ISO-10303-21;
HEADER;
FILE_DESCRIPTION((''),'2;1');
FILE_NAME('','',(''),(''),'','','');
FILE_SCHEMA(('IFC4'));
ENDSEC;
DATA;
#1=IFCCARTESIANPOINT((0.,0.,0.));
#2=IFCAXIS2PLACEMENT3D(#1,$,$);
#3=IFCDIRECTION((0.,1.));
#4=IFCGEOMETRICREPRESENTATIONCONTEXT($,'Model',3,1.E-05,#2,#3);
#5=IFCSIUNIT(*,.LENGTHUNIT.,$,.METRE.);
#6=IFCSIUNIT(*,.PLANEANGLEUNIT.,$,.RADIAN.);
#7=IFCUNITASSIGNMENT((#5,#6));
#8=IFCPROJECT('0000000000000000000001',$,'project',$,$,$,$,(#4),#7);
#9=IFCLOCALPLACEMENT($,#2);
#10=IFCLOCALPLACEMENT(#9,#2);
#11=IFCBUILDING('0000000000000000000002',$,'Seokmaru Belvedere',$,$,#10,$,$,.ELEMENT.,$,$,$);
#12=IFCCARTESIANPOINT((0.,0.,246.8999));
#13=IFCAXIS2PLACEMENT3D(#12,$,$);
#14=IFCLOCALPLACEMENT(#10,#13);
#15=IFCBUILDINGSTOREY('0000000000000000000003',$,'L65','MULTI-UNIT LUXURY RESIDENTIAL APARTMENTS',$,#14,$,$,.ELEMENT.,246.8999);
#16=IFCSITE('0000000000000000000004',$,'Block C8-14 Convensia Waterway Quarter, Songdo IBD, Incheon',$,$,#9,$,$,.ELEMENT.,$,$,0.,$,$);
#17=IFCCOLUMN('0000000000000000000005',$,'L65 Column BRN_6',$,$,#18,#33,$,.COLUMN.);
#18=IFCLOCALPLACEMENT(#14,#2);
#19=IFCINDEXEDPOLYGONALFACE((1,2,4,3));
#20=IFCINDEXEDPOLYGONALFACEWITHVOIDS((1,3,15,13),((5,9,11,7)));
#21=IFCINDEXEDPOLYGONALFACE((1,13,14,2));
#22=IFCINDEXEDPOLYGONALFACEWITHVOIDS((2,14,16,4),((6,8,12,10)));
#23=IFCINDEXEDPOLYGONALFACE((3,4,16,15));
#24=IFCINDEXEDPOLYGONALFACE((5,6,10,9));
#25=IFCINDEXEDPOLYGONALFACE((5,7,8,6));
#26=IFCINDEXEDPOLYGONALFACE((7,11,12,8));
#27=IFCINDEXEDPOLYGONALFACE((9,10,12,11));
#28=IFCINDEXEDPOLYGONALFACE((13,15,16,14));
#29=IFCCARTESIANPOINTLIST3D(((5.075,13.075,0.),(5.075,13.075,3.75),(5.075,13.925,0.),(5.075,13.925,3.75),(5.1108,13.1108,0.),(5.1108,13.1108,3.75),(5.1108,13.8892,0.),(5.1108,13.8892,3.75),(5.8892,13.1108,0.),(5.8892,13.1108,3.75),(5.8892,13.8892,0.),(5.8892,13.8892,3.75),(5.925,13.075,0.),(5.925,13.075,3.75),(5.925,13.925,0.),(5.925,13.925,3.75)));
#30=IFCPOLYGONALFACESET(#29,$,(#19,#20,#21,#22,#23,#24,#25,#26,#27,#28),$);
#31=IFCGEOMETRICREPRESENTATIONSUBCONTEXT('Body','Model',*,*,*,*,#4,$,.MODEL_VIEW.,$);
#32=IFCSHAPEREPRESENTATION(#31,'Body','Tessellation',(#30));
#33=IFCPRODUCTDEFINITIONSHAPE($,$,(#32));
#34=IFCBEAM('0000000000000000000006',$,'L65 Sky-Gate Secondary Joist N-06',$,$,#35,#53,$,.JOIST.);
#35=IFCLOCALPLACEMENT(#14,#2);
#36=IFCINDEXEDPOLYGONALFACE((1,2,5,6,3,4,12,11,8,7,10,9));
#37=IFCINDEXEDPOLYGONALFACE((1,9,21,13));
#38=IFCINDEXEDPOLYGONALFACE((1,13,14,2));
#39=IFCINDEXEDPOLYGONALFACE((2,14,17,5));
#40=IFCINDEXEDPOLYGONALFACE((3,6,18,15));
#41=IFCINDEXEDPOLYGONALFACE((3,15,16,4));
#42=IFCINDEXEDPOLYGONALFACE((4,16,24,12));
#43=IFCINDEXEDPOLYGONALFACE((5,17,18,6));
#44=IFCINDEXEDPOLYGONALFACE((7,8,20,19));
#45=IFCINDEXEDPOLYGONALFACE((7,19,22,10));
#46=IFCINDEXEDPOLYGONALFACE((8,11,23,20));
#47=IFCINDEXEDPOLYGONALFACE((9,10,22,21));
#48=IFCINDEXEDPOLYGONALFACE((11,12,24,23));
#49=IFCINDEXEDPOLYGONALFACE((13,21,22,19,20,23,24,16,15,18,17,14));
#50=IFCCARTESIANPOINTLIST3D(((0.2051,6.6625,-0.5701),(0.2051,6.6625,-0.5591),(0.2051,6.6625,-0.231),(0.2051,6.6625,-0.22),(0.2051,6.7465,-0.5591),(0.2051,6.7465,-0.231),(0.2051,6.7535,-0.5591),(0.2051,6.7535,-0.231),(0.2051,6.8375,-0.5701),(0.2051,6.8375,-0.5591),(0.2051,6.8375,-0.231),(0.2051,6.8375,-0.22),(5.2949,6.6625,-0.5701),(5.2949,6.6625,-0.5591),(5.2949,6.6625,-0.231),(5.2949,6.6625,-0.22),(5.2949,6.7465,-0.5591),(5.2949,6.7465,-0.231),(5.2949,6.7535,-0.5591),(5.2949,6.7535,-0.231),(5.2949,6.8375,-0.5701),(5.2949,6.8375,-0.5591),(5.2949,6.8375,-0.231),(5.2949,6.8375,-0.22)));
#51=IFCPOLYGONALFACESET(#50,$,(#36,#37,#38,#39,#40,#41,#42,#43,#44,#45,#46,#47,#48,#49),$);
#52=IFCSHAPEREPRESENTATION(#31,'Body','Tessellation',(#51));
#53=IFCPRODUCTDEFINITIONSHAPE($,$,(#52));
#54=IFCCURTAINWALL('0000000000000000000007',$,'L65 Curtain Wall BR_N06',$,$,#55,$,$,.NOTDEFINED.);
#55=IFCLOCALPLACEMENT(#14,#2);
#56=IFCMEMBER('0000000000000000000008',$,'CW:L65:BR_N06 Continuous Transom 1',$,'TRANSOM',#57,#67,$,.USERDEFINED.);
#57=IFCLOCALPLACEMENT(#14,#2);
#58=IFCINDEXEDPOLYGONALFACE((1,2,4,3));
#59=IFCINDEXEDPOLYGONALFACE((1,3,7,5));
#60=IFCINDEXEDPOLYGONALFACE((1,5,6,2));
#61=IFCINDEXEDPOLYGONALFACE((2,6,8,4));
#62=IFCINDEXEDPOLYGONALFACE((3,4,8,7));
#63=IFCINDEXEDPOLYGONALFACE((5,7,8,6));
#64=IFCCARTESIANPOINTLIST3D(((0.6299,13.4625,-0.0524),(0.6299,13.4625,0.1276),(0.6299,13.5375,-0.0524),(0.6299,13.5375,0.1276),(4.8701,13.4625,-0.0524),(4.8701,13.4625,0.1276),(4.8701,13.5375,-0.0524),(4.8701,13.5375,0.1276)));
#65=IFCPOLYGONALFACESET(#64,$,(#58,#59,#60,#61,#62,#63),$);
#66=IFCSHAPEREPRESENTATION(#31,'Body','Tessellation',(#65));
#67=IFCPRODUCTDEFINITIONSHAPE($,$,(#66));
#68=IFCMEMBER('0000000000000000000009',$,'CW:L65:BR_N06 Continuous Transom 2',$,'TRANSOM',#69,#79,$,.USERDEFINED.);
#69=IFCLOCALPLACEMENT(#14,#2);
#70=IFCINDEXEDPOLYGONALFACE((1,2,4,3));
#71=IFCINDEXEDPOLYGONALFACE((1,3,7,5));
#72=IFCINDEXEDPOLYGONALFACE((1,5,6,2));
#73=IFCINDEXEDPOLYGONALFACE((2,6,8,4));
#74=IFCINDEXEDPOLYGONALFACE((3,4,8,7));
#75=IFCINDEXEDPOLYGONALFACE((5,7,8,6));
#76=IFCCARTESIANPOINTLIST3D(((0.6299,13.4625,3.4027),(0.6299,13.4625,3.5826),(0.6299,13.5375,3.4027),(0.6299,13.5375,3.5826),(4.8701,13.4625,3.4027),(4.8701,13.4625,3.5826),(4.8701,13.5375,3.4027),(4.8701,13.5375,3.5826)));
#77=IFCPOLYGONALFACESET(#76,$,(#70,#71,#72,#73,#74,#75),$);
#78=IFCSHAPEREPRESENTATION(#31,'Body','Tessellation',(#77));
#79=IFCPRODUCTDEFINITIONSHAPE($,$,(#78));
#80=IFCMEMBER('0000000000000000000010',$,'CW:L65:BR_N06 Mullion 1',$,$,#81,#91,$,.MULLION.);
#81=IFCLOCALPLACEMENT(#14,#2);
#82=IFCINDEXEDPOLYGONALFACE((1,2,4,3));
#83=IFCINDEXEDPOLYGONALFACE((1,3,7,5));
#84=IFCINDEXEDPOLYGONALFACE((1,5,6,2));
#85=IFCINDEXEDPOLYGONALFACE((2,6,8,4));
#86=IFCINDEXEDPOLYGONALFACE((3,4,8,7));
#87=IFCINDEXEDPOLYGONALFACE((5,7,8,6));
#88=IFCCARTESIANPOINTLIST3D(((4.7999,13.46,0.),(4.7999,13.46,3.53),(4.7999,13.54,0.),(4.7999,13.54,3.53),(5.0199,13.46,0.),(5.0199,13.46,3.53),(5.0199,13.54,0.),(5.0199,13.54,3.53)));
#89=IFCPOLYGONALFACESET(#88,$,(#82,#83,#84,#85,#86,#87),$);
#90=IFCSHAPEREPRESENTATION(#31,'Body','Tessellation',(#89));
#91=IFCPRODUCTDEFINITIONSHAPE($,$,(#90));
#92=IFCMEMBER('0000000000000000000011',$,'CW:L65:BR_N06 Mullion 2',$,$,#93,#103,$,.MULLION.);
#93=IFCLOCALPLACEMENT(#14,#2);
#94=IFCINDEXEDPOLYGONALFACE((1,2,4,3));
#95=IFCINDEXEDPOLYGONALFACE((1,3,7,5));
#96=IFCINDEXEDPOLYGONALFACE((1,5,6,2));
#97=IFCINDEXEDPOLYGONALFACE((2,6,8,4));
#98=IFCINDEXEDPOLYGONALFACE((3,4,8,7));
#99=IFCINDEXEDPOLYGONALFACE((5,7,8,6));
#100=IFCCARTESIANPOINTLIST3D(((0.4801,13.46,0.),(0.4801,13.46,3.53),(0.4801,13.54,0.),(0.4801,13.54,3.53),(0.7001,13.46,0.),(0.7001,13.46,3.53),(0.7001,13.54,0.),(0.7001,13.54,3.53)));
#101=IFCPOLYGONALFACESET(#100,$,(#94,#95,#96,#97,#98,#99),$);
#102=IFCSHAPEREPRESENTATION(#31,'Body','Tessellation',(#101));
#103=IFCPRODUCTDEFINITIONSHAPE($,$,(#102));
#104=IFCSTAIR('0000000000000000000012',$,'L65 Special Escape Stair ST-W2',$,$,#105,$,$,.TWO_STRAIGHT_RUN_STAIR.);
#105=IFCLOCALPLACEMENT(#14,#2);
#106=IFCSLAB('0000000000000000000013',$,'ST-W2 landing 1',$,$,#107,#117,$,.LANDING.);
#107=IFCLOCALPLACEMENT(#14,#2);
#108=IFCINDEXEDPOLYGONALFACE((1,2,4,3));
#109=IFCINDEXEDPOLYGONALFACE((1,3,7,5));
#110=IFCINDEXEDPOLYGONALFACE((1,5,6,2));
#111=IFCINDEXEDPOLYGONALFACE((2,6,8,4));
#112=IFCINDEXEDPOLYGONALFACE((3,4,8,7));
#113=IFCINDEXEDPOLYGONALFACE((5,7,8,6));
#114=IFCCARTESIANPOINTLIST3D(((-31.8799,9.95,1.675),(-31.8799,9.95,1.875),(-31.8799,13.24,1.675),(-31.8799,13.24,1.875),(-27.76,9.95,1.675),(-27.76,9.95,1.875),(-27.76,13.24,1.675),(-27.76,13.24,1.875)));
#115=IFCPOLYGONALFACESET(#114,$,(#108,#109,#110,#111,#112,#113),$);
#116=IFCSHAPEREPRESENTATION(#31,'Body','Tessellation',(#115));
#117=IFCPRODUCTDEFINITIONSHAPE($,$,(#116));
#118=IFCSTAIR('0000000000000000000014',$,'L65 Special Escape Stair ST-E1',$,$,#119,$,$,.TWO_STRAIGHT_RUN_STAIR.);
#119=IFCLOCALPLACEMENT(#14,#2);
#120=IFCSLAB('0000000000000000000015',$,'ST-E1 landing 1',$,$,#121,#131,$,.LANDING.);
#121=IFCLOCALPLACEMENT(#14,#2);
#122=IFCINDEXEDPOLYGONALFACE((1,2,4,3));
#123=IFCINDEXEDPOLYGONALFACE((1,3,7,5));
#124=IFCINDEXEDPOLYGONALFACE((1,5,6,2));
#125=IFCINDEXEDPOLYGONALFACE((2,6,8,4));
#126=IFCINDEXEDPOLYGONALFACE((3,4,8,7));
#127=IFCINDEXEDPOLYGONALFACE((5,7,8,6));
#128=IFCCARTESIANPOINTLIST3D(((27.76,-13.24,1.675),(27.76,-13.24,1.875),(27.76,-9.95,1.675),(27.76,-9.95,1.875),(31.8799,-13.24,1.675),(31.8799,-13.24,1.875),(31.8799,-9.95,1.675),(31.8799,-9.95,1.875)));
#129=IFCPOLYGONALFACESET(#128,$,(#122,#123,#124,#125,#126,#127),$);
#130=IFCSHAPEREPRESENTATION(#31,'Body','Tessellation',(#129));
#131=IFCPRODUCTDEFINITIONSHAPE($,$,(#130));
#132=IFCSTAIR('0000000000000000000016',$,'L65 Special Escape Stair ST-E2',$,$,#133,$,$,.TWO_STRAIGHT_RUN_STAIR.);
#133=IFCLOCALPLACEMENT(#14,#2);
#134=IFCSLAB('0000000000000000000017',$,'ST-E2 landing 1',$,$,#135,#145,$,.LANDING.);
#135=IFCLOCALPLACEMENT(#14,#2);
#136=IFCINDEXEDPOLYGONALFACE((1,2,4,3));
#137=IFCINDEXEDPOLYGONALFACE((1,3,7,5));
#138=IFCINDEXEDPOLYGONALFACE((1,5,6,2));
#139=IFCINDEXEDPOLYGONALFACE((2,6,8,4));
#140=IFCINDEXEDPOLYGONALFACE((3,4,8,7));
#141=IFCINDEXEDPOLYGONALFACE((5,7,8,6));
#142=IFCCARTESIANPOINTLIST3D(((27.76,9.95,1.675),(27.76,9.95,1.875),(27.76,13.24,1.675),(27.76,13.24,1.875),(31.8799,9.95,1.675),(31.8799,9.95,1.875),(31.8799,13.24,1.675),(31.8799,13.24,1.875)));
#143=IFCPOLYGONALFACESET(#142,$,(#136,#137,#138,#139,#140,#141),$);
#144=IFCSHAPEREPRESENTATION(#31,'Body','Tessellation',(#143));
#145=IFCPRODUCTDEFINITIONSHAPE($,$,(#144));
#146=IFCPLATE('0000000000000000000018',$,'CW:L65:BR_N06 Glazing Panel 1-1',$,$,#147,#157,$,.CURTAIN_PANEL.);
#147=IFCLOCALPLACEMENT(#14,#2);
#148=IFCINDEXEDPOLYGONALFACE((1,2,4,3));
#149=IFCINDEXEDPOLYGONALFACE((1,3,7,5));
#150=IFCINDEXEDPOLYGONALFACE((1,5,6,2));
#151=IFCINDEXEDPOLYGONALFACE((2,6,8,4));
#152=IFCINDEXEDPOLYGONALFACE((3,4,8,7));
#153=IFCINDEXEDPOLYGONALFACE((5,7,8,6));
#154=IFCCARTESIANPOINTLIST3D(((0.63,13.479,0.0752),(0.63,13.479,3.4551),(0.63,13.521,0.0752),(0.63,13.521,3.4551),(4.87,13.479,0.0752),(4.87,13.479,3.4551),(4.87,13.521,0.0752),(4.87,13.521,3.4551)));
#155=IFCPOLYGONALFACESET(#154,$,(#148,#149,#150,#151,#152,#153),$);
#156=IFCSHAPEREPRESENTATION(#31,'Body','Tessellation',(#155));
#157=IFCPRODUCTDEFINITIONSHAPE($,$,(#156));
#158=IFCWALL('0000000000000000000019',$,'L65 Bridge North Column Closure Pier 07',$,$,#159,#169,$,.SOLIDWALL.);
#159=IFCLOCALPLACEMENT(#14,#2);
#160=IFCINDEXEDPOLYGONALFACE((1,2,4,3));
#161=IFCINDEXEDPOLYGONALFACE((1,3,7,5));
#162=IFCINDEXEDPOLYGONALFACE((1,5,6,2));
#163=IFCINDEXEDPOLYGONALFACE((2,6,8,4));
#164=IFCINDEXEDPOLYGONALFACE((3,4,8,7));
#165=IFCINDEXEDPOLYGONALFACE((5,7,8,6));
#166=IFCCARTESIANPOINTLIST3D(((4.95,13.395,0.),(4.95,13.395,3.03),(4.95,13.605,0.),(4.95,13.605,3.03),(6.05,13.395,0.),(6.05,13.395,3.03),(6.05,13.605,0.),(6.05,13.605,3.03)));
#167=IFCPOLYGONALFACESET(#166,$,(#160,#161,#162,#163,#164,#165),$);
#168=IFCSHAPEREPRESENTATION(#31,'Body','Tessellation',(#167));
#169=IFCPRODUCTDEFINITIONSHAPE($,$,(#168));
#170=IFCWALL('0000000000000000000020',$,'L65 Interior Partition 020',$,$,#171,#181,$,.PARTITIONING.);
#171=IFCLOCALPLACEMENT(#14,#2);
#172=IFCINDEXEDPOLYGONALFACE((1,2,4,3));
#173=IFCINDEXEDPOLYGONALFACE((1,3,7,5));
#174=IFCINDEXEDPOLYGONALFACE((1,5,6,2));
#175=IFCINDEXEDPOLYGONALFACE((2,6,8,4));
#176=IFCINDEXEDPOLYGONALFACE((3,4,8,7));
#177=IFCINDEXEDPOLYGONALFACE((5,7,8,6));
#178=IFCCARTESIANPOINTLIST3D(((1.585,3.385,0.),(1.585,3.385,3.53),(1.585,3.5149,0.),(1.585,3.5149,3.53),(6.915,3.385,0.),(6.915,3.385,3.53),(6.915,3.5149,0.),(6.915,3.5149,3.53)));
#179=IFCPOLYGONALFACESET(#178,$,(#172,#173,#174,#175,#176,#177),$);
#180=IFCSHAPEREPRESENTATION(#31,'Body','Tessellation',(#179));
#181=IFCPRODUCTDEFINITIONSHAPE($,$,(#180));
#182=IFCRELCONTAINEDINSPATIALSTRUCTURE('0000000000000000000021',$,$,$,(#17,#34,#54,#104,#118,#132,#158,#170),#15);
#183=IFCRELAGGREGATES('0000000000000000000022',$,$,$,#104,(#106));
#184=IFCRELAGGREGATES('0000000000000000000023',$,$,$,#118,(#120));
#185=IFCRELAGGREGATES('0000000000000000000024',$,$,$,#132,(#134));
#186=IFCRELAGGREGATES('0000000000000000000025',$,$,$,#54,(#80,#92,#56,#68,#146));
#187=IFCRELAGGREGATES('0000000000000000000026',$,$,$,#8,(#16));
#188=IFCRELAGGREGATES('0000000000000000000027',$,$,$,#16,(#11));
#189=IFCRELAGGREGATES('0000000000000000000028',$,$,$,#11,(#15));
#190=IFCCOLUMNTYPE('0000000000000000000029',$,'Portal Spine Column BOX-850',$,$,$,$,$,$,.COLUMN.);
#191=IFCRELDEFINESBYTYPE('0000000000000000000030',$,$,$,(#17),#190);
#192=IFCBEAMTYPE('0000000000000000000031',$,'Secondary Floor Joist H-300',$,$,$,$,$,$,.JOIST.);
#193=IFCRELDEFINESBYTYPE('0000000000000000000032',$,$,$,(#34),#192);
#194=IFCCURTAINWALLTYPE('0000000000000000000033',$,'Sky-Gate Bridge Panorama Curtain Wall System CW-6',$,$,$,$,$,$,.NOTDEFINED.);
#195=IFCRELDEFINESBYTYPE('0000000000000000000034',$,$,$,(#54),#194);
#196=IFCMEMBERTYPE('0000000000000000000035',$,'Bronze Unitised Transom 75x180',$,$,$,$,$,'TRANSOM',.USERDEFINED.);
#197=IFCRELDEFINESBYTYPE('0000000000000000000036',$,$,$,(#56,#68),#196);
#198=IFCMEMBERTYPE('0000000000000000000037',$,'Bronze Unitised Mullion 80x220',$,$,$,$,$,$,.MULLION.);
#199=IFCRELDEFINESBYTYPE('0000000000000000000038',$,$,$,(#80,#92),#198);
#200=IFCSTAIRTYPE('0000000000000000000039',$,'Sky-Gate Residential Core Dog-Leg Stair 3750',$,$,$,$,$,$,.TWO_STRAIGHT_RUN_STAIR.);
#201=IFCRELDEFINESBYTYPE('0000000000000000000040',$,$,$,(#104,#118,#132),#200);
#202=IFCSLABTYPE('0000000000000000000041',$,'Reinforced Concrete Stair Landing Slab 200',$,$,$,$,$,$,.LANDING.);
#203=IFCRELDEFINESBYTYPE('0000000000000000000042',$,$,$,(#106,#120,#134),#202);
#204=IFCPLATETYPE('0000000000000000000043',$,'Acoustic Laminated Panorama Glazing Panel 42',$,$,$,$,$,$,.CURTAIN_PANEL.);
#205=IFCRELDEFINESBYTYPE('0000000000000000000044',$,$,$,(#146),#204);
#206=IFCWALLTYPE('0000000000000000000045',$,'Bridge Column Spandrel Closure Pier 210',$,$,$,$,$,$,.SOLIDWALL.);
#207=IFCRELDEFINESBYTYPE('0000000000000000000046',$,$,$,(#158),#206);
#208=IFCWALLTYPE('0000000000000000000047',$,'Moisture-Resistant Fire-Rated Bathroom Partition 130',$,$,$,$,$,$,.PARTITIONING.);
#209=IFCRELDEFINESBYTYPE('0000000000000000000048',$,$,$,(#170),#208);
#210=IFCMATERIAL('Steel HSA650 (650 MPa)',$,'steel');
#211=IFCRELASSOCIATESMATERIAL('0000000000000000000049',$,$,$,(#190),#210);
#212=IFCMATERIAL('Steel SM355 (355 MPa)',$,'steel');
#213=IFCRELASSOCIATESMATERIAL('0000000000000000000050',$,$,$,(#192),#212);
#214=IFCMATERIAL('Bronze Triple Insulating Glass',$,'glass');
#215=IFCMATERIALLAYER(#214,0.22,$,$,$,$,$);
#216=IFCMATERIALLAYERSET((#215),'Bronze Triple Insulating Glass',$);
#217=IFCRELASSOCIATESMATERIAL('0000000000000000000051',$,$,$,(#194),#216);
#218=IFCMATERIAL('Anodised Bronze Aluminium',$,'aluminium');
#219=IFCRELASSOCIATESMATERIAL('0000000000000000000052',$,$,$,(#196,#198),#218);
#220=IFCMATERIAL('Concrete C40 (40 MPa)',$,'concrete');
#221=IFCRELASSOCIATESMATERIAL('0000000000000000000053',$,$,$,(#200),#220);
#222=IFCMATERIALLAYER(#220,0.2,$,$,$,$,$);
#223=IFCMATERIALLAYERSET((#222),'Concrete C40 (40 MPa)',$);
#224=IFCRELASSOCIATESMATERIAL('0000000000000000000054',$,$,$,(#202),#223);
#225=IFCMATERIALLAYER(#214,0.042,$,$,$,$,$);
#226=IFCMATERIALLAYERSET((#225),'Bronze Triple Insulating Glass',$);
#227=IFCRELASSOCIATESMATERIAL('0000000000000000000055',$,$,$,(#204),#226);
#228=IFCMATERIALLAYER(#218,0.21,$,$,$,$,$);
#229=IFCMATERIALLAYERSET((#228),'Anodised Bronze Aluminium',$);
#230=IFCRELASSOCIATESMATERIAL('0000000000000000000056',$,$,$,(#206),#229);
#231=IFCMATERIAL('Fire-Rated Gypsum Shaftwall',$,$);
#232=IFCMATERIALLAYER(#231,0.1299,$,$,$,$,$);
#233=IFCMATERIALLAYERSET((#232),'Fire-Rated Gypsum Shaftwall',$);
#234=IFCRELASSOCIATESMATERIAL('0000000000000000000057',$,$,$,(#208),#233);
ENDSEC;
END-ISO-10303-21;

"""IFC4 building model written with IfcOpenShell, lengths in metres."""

from ifc_helpers import new_model, si_unit, direction, frame, frame_2d, origin, origin_2d, place, context, subcontext, project, spatial, polyline, rectangle, hollow_rectangle, i_section, outline, extrude, source, transform, mapped, material, layer, layer_set, material_profile, profile_set, type_object, type_shapes, element, aggregate, save


model = new_model("IFC4")

# Units and contexts
model_context = context("Model", 3, precision=1e-05, world=origin(), true_north=direction((0.0, 1.0)))
body_context = subcontext(model_context, "Body", "Model", "MODEL_VIEW")
ifc_project = project(units=[si_unit("LENGTHUNIT", "METRE"), si_unit("PLANEANGLEUNIT", "RADIAN")], contexts=[model_context])

# Site, building, storey
site_placement = place(None, origin())
site = spatial("IfcSite", under=ifc_project, at=site_placement, Name="Block C8-14 Convensia Waterway Quarter, Songdo IBD, Incheon", CompositionType="ELEMENT", RefElevation=0.0)
building_placement = place(site_placement, origin())
building = spatial("IfcBuilding", under=site, at=building_placement, Name="Seokmaru Belvedere", CompositionType="ELEMENT")
storey_placement = place(building_placement, frame((0.0, 0.0, 246.8999)))
storey = spatial("IfcBuildingStorey", under=building, at=storey_placement, Name="L65", Description="MULTI-UNIT LUXURY RESIDENTIAL APARTMENTS", CompositionType="ELEMENT", Elevation=246.8999)

# Column
ifc_material_1 = material(Name="Steel HSA650 (650 MPa)", Category="steel")
ifc_material_profile_1 = material_profile(ifc_material_1, hollow_rectangle(XDim=0.8501, YDim=0.8501, WallThickness=0.0359, at=origin_2d()), Name="BOX-850x850x36")
ifc_profile_set_1 = profile_set([ifc_material_profile_1], Name="Steel HSA650 (650 MPa)")
column_type = type_object("IfcColumnType", Name="Portal Spine Column BOX-850", PredefinedType="COLUMN", material=ifc_profile_set_1)
shared_shape_1 = source(origin(), body_context, "Body", "SweptSolid", [
    extrude(hollow_rectangle(XDim=0.8501, YDim=0.8501, WallThickness=0.0359, at=origin_2d()), origin(), (0.0, 0.0, 1.0), 3.75),
])
type_shapes(column_type, [shared_shape_1])
column_placement = place(storey_placement, frame((5.5, 13.5, 0.0), z_axis=(0.0, 0.0, 1.0), x_axis=(1.0, 0.0, 0.0)))
element("IfcColumn", 1, at=column_placement, inside=storey, type_object=column_type, Name="L65 Column BRN_6", PredefinedType="COLUMN", context=body_context, shape_type="MappedRepresentation", body=[
    mapped(shared_shape_1, transform((0.0, 0.0, 0.0), scale=1.0)),
])

# Beam
ifc_material_2 = material(Name="Steel SM355 (355 MPa)", Category="steel")
ifc_material_profile_2 = material_profile(ifc_material_2, i_section(OverallWidth=0.175, OverallDepth=0.3501, WebThickness=0.0071, FlangeThickness=0.011, at=origin_2d()), Name="H-350x175x7x11")
ifc_profile_set_2 = profile_set([ifc_material_profile_2], Name="Steel SM355 (355 MPa)")
beam_type = type_object("IfcBeamType", Name="Secondary Floor Joist H-300", PredefinedType="JOIST", material=ifc_profile_set_2)
shared_shape_2 = source(origin(), body_context, "Body", "SweptSolid", [
    extrude(i_section(OverallWidth=0.175, OverallDepth=0.3501, WebThickness=0.0071, FlangeThickness=0.011, at=origin_2d()), origin(), (0.0, 0.0, 1.0), 5.0898),
])
type_shapes(beam_type, [shared_shape_2])
beam_placement = place(storey_placement, frame((0.2051, 6.75, -0.395), z_axis=(1.0, 0.0, 0.0), x_axis=(0.0, 1.0, 0.0)))
element("IfcBeam", 2, at=beam_placement, inside=storey, type_object=beam_type, Name="L65 Sky-Gate Secondary Joist N-06", PredefinedType="JOIST", context=body_context, shape_type="MappedRepresentation", body=[
    mapped(shared_shape_2, transform((0.0, 0.0, 0.0), scale=1.0)),
])

# Curtain wall, members
ifc_material_3 = material(Name="Bronze Triple Insulating Glass", Category="glass")
ifc_layer_1 = layer(ifc_material_3, 0.22)
ifc_layer_set_1 = layer_set([ifc_layer_1], Name="Bronze Triple Insulating Glass")
curtain_wall_type = type_object("IfcCurtainWallType", Name="Sky-Gate Bridge Panorama Curtain Wall System CW-6", PredefinedType="NOTDEFINED", material=ifc_layer_set_1)
curtain_wall_placement = place(storey_placement, origin())
curtain_wall = element("IfcCurtainWall", 3, at=curtain_wall_placement, inside=storey, type_object=curtain_wall_type, Name="L65 Curtain Wall BR_N06", PredefinedType="NOTDEFINED")
ifc_material_4 = material(Name="Anodised Bronze Aluminium", Category="aluminium")
ifc_material_profile_3 = material_profile(ifc_material_4, rectangle(XDim=0.075, YDim=0.1799, at=origin_2d()), Name="CW-T-75x180")
ifc_profile_set_3 = profile_set([ifc_material_profile_3], Name="Anodised Bronze Aluminium")
member_type_1 = type_object("IfcMemberType", Name="Bronze Unitised Transom 75x180", ElementType="TRANSOM", PredefinedType="USERDEFINED", material=ifc_profile_set_3)
shared_shape_3 = source(origin(), body_context, "Body", "SweptSolid", [
    extrude(rectangle(XDim=0.075, YDim=0.1799, at=origin_2d()), origin(), (0.0, 0.0, 1.0), 4.2402),
])
type_shapes(member_type_1, [shared_shape_3])
member_1_placement = place(storey_placement, frame((4.8701, 13.5, 0.0376), z_axis=(-1.0, 0.0, 0.0), x_axis=(0.0, -1.0, 0.0)))
member_1 = element("IfcMember", 4, at=member_1_placement, type_object=member_type_1, Name="CW:L65:BR_N06 Continuous Transom 1", ObjectType="TRANSOM", PredefinedType="USERDEFINED", context=body_context, shape_type="MappedRepresentation", body=[
    mapped(shared_shape_3, transform((0.0, 0.0, 0.0), scale=1.0)),
])
member_2_placement = place(storey_placement, frame((4.8701, 13.5, 3.4927), z_axis=(-1.0, 0.0, 0.0), x_axis=(0.0, -1.0, 0.0)))
member_2 = element("IfcMember", 5, at=member_2_placement, type_object=member_type_1, Name="CW:L65:BR_N06 Continuous Transom 2", ObjectType="TRANSOM", PredefinedType="USERDEFINED", context=body_context, shape_type="MappedRepresentation", body=[
    mapped(shared_shape_3, transform((0.0, 0.0, 0.0), scale=1.0)),
])
ifc_material_profile_4 = material_profile(ifc_material_4, rectangle(XDim=0.0801, YDim=0.22, at=origin_2d()), Name="CW-M-80x220")
ifc_profile_set_4 = profile_set([ifc_material_profile_4], Name="Anodised Bronze Aluminium")
member_type_2 = type_object("IfcMemberType", Name="Bronze Unitised Mullion 80x220", PredefinedType="MULLION", material=ifc_profile_set_4)
shared_shape_4 = source(origin(), body_context, "Body", "SweptSolid", [
    extrude(rectangle(XDim=0.0801, YDim=0.22, at=origin_2d()), origin(), (0.0, 0.0, 1.0), 3.53),
])
type_shapes(member_type_2, [shared_shape_4])
member_3_placement = place(storey_placement, frame((4.9099, 13.5, 0.0), z_axis=(0.0, 0.0, 1.0), x_axis=(0.0, -1.0, 0.0)))
member_3 = element("IfcMember", 6, at=member_3_placement, type_object=member_type_2, Name="CW:L65:BR_N06 Mullion 1", PredefinedType="MULLION", context=body_context, shape_type="MappedRepresentation", body=[
    mapped(shared_shape_4, transform((0.0, 0.0, 0.0), scale=1.0)),
])
member_4_placement = place(storey_placement, frame((0.5901, 13.5, 0.0), z_axis=(0.0, 0.0, 1.0), x_axis=(0.0, -1.0, 0.0)))
member_4 = element("IfcMember", 7, at=member_4_placement, type_object=member_type_2, Name="CW:L65:BR_N06 Mullion 2", PredefinedType="MULLION", context=body_context, shape_type="MappedRepresentation", body=[
    mapped(shared_shape_4, transform((0.0, 0.0, 0.0), scale=1.0)),
])

# Stairs, slabs
ifc_material_5 = material(Name="Concrete C40 (40 MPa)", Category="concrete")
stair_type = type_object("IfcStairType", Name="Sky-Gate Residential Core Dog-Leg Stair 3750", PredefinedType="TWO_STRAIGHT_RUN_STAIR", material=ifc_material_5)
stair_1_placement = place(storey_placement, origin())
stair_1 = element("IfcStair", 8, at=stair_1_placement, inside=storey, type_object=stair_type, Name="L65 Special Escape Stair ST-W2", PredefinedType="TWO_STRAIGHT_RUN_STAIR")
ifc_layer_2 = layer(ifc_material_5, 0.2)
ifc_layer_set_2 = layer_set([ifc_layer_2], Name="Concrete C40 (40 MPa)")
slab_type = type_object("IfcSlabType", Name="Reinforced Concrete Stair Landing Slab 200", PredefinedType="LANDING", material=ifc_layer_set_2)
slab_1_placement = place(storey_placement, frame((0.0, 0.0, 1.675)))
slab_1 = element("IfcSlab", 9, at=slab_1_placement, type_object=slab_type, Name="ST-W2 landing 1", PredefinedType="LANDING", context=body_context, shape_type="SweptSolid", body=[
    extrude(outline(polyline([(-31.8799, 9.95), (-27.76, 9.95), (-27.76, 13.24), (-31.8799, 13.24), (-31.8799, 9.95)])), origin(), (0.0, 0.0, 1.0), 0.2),
])
aggregate(stair_1, [slab_1])
stair_2_placement = place(storey_placement, origin())
stair_2 = element("IfcStair", 10, at=stair_2_placement, inside=storey, type_object=stair_type, Name="L65 Special Escape Stair ST-E1", PredefinedType="TWO_STRAIGHT_RUN_STAIR")
slab_2_placement = place(storey_placement, frame((0.0, 0.0, 1.675)))
slab_2 = element("IfcSlab", 11, at=slab_2_placement, type_object=slab_type, Name="ST-E1 landing 1", PredefinedType="LANDING", context=body_context, shape_type="SweptSolid", body=[
    extrude(outline(polyline([(27.76, -13.24), (31.8799, -13.24), (31.8799, -9.95), (27.76, -9.95), (27.76, -13.24)])), origin(), (0.0, 0.0, 1.0), 0.2),
])
aggregate(stair_2, [slab_2])
stair_3_placement = place(storey_placement, origin())
stair_3 = element("IfcStair", 12, at=stair_3_placement, inside=storey, type_object=stair_type, Name="L65 Special Escape Stair ST-E2", PredefinedType="TWO_STRAIGHT_RUN_STAIR")
slab_3_placement = place(storey_placement, frame((0.0, 0.0, 1.675)))
slab_3 = element("IfcSlab", 13, at=slab_3_placement, type_object=slab_type, Name="ST-E2 landing 1", PredefinedType="LANDING", context=body_context, shape_type="SweptSolid", body=[
    extrude(outline(polyline([(27.76, 9.95), (31.8799, 9.95), (31.8799, 13.24), (27.76, 13.24), (27.76, 9.95)])), origin(), (0.0, 0.0, 1.0), 0.2),
])
aggregate(stair_3, [slab_3])

# Plate
ifc_layer_3 = layer(ifc_material_3, 0.042)
ifc_layer_set_3 = layer_set([ifc_layer_3], Name="Bronze Triple Insulating Glass")
plate_type = type_object("IfcPlateType", Name="Acoustic Laminated Panorama Glazing Panel 42", PredefinedType="CURTAIN_PANEL", material=ifc_layer_set_3)
shared_shape_5 = source(origin(), body_context, "Body", "SweptSolid", [
    extrude(rectangle(XDim=4.24, YDim=0.042, at=origin_2d()), origin(), (0.0, 0.0, 1.0), 3.3799),
])
type_shapes(plate_type, [shared_shape_5])
plate_placement = place(storey_placement, frame((2.75, 13.5, 0.0752), z_axis=(0.0, 0.0, 1.0), x_axis=(-1.0, 0.0, 0.0)))
plate = element("IfcPlate", 14, at=plate_placement, type_object=plate_type, Name="CW:L65:BR_N06 Glazing Panel 1-1", PredefinedType="CURTAIN_PANEL", context=body_context, shape_type="MappedRepresentation", body=[
    mapped(shared_shape_5, transform((0.0, 0.0, 0.0), scale=1.0)),
])
aggregate(curtain_wall, [member_3, member_4, member_1, member_2, plate])

# Walls
ifc_layer_4 = layer(ifc_material_4, 0.21)
ifc_layer_set_4 = layer_set([ifc_layer_4], Name="Anodised Bronze Aluminium")
wall_type_1 = type_object("IfcWallType", Name="Bridge Column Spandrel Closure Pier 210", PredefinedType="SOLIDWALL", material=ifc_layer_set_4)
wall_1_placement = place(storey_placement, frame((4.95, 13.5, 0.0), z_axis=(0.0, 0.0, 1.0), x_axis=(1.0, 0.0, 0.0)))
element("IfcWall", 15, at=wall_1_placement, inside=storey, type_object=wall_type_1, Name="L65 Bridge North Column Closure Pier 07", PredefinedType="SOLIDWALL", context=body_context, shape_type="SweptSolid", body=[
    extrude(rectangle(XDim=1.1001, YDim=0.21, at=frame_2d((0.55, 0.0))), origin(), (0.0, 0.0, 1.0), 3.03),
])
ifc_material_6 = material(Name="Fire-Rated Gypsum Shaftwall")
ifc_layer_5 = layer(ifc_material_6, 0.1299)
ifc_layer_set_5 = layer_set([ifc_layer_5], Name="Fire-Rated Gypsum Shaftwall")
wall_type_2 = type_object("IfcWallType", Name="Moisture-Resistant Fire-Rated Bathroom Partition 130", PredefinedType="PARTITIONING", material=ifc_layer_set_5)
wall_2_placement = place(storey_placement, frame((1.585, 3.45, 0.0), z_axis=(0.0, 0.0, 1.0), x_axis=(1.0, 0.0, 0.0)))
element("IfcWall", 16, at=wall_2_placement, inside=storey, type_object=wall_type_2, Name="L65 Interior Partition 020", PredefinedType="PARTITIONING", context=body_context, shape_type="SweptSolid", body=[
    extrude(rectangle(XDim=5.3301, YDim=0.1299, at=frame_2d((2.665, 0.0))), origin(), (0.0, 0.0, 1.0), 3.53),
])

save(model, "model.ifc")
